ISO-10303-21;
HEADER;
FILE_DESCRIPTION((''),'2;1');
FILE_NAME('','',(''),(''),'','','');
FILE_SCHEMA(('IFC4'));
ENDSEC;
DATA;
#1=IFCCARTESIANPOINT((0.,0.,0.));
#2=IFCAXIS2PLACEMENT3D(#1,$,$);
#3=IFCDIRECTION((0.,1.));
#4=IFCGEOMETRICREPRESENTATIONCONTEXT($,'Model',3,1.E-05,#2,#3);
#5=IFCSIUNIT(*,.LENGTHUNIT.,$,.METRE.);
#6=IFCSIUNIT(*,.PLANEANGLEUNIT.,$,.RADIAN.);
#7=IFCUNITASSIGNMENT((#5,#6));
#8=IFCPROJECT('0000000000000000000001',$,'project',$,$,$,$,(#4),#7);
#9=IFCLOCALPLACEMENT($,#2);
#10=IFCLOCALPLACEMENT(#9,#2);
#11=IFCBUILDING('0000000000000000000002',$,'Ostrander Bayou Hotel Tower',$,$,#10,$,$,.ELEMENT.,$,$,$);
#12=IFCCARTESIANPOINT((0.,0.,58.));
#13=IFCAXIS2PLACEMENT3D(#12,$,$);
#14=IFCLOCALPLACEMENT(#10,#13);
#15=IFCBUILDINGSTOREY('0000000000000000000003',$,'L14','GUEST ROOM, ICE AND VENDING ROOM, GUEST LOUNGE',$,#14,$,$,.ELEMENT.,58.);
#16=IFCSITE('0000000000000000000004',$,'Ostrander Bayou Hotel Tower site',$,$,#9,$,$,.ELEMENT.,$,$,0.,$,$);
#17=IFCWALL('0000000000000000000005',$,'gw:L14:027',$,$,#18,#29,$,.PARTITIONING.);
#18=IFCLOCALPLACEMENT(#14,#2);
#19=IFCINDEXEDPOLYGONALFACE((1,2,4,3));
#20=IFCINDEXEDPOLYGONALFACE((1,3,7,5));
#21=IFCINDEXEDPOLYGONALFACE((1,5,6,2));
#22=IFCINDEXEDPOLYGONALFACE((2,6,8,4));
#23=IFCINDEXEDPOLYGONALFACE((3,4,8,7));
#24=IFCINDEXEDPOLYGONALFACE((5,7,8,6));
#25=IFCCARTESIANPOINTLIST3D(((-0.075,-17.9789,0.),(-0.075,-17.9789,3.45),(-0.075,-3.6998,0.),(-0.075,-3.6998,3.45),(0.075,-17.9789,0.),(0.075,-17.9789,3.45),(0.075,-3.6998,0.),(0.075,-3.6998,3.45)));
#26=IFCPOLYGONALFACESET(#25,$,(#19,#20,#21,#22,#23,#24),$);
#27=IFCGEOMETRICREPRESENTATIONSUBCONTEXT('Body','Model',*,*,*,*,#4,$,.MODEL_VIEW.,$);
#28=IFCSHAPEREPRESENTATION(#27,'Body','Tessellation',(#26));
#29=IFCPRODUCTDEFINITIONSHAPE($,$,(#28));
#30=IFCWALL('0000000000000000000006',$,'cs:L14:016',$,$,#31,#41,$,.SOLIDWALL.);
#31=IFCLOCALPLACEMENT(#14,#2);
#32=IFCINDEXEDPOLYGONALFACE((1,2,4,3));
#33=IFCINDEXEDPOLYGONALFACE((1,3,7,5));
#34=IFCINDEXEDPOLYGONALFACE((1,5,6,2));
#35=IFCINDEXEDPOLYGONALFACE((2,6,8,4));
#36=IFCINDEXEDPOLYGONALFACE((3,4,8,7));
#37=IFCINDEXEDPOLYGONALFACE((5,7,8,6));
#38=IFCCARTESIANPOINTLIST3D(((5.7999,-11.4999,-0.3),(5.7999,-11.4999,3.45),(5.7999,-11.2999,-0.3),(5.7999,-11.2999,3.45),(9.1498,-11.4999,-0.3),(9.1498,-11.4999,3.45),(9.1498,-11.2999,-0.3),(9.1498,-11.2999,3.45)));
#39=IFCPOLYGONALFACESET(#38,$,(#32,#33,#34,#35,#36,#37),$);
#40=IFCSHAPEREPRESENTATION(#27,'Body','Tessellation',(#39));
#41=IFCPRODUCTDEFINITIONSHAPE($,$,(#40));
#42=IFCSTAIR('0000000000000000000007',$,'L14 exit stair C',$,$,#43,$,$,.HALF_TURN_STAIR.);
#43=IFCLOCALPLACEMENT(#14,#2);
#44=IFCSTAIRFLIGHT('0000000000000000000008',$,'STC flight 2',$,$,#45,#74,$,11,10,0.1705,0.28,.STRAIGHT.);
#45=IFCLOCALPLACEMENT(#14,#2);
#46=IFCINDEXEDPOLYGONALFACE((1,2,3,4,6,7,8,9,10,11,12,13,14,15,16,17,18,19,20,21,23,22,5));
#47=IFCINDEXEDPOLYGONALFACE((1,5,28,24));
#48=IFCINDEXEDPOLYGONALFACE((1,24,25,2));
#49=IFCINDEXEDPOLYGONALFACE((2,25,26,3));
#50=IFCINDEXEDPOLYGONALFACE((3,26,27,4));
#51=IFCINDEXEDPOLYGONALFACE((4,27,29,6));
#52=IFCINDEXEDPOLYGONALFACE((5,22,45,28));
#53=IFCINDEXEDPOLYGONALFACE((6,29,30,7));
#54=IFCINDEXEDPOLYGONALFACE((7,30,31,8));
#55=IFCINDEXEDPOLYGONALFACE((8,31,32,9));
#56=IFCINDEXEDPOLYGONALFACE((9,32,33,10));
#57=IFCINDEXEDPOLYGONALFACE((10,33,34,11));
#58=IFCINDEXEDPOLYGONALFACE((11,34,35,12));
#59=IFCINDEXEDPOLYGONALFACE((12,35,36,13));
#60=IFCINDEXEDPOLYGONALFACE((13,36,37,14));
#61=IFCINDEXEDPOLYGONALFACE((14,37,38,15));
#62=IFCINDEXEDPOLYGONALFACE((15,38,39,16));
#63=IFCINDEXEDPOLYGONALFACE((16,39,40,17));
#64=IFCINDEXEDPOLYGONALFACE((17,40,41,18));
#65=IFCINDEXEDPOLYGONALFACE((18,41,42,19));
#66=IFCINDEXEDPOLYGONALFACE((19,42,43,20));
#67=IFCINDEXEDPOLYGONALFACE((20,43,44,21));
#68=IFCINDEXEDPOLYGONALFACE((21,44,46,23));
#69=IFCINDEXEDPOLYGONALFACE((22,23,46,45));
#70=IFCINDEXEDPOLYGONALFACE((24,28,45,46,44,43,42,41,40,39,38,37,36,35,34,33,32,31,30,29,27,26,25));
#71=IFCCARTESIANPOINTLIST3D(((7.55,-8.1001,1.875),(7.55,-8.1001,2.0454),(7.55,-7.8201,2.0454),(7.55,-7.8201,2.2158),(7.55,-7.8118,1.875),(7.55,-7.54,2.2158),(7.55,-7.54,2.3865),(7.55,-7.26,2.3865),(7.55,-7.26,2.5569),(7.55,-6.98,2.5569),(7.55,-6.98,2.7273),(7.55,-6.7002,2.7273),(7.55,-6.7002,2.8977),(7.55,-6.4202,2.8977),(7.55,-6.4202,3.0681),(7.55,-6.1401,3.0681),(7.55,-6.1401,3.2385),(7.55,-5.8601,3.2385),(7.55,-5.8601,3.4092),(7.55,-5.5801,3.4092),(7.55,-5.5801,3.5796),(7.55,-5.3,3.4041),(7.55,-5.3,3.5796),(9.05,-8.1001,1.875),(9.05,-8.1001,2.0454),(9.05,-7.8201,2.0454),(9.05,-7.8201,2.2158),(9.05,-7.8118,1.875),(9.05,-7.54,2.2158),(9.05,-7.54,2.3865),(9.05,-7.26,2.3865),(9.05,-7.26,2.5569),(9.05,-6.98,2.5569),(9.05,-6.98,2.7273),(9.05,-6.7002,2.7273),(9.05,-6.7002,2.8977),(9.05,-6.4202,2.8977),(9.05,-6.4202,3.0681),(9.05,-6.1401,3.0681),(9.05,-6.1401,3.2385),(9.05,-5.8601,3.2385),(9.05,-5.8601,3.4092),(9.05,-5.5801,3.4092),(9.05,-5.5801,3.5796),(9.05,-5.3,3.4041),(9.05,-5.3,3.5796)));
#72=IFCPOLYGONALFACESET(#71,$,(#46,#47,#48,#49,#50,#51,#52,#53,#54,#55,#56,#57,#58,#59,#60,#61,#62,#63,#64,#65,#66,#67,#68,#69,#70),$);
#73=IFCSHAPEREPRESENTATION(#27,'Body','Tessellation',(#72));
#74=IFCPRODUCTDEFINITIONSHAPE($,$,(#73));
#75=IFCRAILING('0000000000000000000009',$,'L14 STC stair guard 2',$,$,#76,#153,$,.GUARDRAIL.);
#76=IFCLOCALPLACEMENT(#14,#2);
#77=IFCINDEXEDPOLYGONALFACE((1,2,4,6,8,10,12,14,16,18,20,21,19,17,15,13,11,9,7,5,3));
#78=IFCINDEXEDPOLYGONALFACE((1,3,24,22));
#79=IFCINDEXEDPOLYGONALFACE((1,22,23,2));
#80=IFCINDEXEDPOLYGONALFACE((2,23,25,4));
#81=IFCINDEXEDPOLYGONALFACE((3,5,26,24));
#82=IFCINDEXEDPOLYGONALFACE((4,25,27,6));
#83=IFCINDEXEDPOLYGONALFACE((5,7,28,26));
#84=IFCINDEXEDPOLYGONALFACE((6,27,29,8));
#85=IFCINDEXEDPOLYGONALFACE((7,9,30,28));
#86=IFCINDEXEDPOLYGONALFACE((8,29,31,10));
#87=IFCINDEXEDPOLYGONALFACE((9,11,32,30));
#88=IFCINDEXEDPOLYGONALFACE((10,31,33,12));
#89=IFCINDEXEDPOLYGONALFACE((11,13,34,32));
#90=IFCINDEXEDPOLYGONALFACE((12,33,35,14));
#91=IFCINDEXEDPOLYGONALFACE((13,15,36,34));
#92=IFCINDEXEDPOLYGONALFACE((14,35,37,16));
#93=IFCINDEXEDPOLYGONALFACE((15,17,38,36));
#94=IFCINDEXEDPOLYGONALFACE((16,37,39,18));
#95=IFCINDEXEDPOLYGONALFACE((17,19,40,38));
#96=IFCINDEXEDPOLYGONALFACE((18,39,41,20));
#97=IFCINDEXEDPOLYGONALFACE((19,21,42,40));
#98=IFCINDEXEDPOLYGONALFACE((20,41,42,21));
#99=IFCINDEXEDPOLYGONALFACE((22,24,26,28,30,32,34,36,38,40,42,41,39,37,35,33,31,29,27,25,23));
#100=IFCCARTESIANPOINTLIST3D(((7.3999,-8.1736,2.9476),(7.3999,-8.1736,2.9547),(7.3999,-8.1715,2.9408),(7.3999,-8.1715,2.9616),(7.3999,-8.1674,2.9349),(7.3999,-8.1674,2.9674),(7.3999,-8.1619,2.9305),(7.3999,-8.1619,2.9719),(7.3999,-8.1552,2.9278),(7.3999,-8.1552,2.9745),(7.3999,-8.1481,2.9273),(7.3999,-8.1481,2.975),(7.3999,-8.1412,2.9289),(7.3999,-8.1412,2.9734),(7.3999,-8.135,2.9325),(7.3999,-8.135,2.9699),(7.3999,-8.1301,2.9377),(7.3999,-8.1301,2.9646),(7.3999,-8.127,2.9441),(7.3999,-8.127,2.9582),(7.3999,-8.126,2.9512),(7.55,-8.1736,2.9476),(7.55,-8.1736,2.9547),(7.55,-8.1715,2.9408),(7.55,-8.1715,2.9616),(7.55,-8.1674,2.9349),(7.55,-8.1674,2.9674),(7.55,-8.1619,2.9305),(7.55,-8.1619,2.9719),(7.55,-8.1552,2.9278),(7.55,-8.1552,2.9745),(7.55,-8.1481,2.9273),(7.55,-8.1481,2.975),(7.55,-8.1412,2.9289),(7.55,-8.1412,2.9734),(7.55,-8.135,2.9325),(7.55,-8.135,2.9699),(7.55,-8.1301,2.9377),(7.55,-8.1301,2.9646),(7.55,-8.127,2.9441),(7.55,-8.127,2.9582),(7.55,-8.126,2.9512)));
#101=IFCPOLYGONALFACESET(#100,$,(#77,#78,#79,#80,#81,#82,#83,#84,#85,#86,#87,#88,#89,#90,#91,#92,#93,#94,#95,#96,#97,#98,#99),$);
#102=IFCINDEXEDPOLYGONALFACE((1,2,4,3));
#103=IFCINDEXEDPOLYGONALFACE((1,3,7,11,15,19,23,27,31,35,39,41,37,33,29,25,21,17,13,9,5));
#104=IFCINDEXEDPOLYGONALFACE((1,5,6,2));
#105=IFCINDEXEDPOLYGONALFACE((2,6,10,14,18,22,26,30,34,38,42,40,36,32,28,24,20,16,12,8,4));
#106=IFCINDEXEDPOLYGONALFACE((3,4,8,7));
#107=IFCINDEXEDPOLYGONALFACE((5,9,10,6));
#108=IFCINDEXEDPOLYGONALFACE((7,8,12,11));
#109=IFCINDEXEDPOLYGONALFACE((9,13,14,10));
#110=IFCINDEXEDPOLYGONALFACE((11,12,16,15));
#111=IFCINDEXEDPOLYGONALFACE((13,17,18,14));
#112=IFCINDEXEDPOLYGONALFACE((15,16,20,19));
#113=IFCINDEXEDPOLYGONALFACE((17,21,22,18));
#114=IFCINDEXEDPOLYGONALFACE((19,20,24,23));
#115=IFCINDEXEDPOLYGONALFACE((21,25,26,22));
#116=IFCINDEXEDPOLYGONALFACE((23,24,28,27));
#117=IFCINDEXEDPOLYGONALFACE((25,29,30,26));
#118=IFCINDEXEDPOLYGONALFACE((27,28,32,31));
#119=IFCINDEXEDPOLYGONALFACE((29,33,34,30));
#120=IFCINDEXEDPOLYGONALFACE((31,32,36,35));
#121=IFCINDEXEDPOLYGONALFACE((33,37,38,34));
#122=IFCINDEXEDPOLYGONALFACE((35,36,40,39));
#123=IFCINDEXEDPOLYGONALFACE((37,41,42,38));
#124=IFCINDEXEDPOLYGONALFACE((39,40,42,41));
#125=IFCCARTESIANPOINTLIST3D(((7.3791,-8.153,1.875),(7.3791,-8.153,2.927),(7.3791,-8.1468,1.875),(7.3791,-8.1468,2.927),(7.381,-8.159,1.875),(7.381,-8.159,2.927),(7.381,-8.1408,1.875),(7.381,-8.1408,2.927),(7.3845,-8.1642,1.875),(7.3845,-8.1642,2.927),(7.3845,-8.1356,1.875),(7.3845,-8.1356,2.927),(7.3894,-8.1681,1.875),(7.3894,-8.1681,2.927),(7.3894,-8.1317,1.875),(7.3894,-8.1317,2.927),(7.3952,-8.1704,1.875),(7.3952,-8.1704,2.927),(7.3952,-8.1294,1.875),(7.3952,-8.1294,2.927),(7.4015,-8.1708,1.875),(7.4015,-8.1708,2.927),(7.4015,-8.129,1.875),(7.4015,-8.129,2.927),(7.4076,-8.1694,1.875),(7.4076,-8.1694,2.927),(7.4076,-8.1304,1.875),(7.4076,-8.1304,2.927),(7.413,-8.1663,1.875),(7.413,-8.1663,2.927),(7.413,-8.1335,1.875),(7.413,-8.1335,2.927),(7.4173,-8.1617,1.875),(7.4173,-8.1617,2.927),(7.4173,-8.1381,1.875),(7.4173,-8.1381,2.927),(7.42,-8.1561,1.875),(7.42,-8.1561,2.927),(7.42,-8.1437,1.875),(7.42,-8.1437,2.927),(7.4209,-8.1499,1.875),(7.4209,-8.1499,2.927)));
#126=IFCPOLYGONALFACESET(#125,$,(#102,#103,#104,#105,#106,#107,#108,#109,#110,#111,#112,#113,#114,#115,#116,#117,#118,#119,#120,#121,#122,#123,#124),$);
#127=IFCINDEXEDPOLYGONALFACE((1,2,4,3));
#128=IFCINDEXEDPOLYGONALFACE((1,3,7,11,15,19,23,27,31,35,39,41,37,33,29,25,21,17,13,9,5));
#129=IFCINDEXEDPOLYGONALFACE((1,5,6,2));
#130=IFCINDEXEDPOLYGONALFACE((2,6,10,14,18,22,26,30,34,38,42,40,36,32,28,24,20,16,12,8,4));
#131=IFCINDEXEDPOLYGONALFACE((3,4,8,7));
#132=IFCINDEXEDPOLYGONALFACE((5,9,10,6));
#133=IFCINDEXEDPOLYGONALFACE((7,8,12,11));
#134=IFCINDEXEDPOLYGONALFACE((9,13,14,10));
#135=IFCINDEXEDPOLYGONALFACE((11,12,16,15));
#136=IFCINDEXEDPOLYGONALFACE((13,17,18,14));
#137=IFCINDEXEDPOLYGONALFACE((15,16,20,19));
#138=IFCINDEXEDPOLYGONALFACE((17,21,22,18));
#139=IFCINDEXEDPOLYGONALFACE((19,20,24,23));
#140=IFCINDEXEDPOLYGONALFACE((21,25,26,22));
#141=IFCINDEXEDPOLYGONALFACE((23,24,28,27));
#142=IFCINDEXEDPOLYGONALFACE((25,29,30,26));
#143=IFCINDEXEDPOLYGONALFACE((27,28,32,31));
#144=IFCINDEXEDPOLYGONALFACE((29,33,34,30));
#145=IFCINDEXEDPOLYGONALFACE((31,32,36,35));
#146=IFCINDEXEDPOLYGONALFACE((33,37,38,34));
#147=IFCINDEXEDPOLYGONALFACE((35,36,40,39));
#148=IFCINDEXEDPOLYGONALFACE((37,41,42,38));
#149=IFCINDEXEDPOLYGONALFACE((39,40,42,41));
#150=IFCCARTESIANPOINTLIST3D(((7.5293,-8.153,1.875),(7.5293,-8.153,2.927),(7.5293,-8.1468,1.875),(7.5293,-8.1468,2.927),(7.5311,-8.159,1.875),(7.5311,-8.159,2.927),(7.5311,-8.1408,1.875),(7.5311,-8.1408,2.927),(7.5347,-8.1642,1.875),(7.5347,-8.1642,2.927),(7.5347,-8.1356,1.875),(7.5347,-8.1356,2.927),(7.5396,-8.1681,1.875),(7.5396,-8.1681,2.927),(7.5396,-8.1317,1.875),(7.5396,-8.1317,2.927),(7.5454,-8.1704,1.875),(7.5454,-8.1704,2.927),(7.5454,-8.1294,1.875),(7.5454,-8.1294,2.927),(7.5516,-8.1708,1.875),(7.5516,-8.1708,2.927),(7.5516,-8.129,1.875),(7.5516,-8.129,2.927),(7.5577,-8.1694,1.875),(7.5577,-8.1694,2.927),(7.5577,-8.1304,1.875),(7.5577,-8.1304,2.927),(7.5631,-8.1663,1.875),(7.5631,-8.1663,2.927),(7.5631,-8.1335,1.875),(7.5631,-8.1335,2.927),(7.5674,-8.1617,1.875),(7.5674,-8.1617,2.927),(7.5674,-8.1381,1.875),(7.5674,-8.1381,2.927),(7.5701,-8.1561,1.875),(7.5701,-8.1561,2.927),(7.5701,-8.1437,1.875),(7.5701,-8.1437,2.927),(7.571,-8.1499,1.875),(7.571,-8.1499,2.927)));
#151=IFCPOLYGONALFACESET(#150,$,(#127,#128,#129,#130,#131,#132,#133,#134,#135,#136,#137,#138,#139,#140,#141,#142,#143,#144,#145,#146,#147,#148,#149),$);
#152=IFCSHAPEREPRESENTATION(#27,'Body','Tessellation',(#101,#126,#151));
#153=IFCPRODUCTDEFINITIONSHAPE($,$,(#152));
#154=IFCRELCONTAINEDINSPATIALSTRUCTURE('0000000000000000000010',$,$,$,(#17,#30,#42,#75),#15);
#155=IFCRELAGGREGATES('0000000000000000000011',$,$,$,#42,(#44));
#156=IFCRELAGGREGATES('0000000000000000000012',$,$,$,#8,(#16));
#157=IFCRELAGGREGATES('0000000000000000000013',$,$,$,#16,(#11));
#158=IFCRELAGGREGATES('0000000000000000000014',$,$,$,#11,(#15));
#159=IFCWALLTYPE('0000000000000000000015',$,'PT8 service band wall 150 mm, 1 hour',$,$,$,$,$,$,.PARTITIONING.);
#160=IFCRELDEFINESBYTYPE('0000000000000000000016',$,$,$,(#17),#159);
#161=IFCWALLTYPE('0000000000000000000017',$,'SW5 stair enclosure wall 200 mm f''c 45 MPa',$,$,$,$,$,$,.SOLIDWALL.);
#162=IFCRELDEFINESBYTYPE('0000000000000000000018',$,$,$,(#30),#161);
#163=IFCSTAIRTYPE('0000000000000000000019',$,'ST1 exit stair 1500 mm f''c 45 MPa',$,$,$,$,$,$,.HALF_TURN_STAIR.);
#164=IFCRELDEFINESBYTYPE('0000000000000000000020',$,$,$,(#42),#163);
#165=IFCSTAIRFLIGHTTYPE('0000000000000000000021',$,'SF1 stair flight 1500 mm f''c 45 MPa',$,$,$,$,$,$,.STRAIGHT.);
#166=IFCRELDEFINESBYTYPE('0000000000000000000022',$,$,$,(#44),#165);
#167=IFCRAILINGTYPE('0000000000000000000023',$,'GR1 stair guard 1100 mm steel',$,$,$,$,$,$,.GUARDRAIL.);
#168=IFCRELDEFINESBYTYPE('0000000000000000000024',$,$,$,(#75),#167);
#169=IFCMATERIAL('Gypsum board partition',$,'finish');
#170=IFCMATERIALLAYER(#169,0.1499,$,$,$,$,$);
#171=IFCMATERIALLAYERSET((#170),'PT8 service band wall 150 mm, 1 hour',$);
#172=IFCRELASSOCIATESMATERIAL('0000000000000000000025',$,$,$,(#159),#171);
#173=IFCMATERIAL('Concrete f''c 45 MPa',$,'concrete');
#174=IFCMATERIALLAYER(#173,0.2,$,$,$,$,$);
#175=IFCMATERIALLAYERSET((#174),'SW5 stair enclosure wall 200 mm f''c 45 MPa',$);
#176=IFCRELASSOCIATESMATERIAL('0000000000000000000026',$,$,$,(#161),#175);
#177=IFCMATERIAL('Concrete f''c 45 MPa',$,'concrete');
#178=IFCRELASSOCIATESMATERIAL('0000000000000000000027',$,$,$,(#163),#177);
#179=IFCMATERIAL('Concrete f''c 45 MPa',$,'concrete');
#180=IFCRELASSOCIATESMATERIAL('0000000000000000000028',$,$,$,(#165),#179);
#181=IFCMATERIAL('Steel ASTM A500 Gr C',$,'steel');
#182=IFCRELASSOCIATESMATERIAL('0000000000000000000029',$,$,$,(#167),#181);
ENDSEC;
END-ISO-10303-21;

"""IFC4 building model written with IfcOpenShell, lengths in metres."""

from ifc_helpers import new_model, si_unit, direction, frame, frame_2d, origin, origin_2d, place, context, subcontext, project, spatial, polyline, rectangle, circle, outline, extrude, material, layer, layer_set, type_object, element, aggregate, save


model = new_model("IFC4")

# Units and contexts
model_context = context("Model", 3, precision=1e-05, world=origin(), true_north=direction((0.0, 1.0)))
body_context = subcontext(model_context, "Body", "Model", "MODEL_VIEW")
ifc_project = project(units=[si_unit("LENGTHUNIT", "METRE"), si_unit("PLANEANGLEUNIT", "RADIAN")], contexts=[model_context])

# Site, building, storey
site_placement = place(None, origin())
site = spatial("IfcSite", under=ifc_project, at=site_placement, Name="Ostrander Bayou Hotel Tower site", CompositionType="ELEMENT", RefElevation=0.0)
building_placement = place(site_placement, origin())
building = spatial("IfcBuilding", under=site, at=building_placement, Name="Ostrander Bayou Hotel Tower", CompositionType="ELEMENT")
storey_placement = place(building_placement, frame((0.0, 0.0, 58.0)))
storey = spatial("IfcBuildingStorey", under=building, at=storey_placement, Name="L14", Description="GUEST ROOM, ICE AND VENDING ROOM, GUEST LOUNGE", CompositionType="ELEMENT", Elevation=58.0)

# Shared definitions
ifc_material_1 = material(Name="Gypsum board partition", Category="finish")
ifc_layer_1 = layer(ifc_material_1, 0.1499)
ifc_layer_set_1 = layer_set([ifc_layer_1], Name="PT8 service band wall 150 mm, 1 hour")
wall_type_1 = type_object("IfcWallType", Name="PT8 service band wall 150 mm, 1 hour", PredefinedType="PARTITIONING", material=ifc_layer_set_1)

# Walls
wall_1_placement = place(storey_placement, frame((0.0, -17.979, 0.0), z_axis=(0.0, 0.0, 1.0), x_axis=(0.0, 1.0, 0.0)))
element("IfcWall", 1, at=wall_1_placement, inside=storey, type_object=wall_type_1, Name="gw:L14:027", PredefinedType="PARTITIONING", context=body_context, shape_type="SweptSolid", body=[
    extrude(rectangle(XDim=14.2791, YDim=0.1499, at=frame_2d((7.1396, 0.0))), origin(), (0.0, 0.0, 1.0), 3.45),
])
ifc_material_2 = material(Name="Concrete f'c 45 MPa", Category="concrete")
ifc_layer_2 = layer(ifc_material_2, 0.2)
ifc_layer_set_2 = layer_set([ifc_layer_2], Name="SW5 stair enclosure wall 200 mm f'c 45 MPa")
wall_type_2 = type_object("IfcWallType", Name="SW5 stair enclosure wall 200 mm f'c 45 MPa", PredefinedType="SOLIDWALL", material=ifc_layer_set_2)
wall_2_placement = place(storey_placement, frame((5.8, -11.3999, -0.3), z_axis=(0.0, 0.0, 1.0), x_axis=(1.0, 0.0, 0.0)))
element("IfcWall", 2, at=wall_2_placement, inside=storey, type_object=wall_type_2, Name="cs:L14:016", PredefinedType="SOLIDWALL", context=body_context, shape_type="SweptSolid", body=[
    extrude(rectangle(XDim=3.3499, YDim=0.2, at=frame_2d((1.6748, 0.0))), origin(), (0.0, 0.0, 1.0), 3.75),
])

# Stair, stair flight
ifc_material_3 = material(Name="Concrete f'c 45 MPa", Category="concrete")
stair_type = type_object("IfcStairType", Name="ST1 exit stair 1500 mm f'c 45 MPa", PredefinedType="HALF_TURN_STAIR", material=ifc_material_3)
stair_placement = place(storey_placement, origin())
stair = element("IfcStair", 3, at=stair_placement, inside=storey, type_object=stair_type, Name="L14 exit stair C", PredefinedType="HALF_TURN_STAIR")
ifc_material_4 = material(Name="Concrete f'c 45 MPa", Category="concrete")
stair_flight_type = type_object("IfcStairFlightType", Name="SF1 stair flight 1500 mm f'c 45 MPa", PredefinedType="STRAIGHT", material=ifc_material_4)
stair_flight_placement = place(storey_placement, frame((8.3, -8.1001, 1.875), z_axis=(0.0, 0.0, 1.0), x_axis=(0.0, 1.0, 0.0)))
stair_flight = element("IfcStairFlight", 4, at=stair_flight_placement, type_object=stair_flight_type, Name="STC flight 2", NumberOfRisers=11, NumberOfTreads=10, PredefinedType="STRAIGHT", RiserHeight=0.1705, TreadLength=0.28, context=body_context, shape_type="SweptSolid", body=[
    extrude(outline(polyline([(0.0, 0.0), (0.0, 0.1704), (0.28, 0.1704), (0.28, 0.3408), (0.5601, 0.3408), (0.5601, 0.5115), (0.8401, 0.5115), (0.8401, 0.6819), (1.1201, 0.6819), (1.1201, 0.8523), (1.3999, 0.8523), (1.3999, 1.0227), (1.6799, 1.0227), (1.6799, 1.1931), (1.96, 1.1931), (1.96, 1.3635), (2.24, 1.3635), (2.24, 1.5342), (2.52, 1.5342), (2.52, 1.7046), (2.8, 1.7046), (2.8, 1.875), (2.8, 1.5291), (0.2883, 0.0), (0.0, 0.0)])), frame((0.0, 0.75, 0.0), z_axis=(0.0, -1.0, 0.0), x_axis=(1.0, 0.0, 0.0)), (0.0, 0.0, 1.0), 1.5),
])
aggregate(stair, [stair_flight])

# Railing
ifc_material_5 = material(Name="Steel ASTM A500 Gr C", Category="steel")
railing_type_1 = type_object("IfcRailingType", Name="GR1 stair guard 1100 mm steel", PredefinedType="GUARDRAIL", material=ifc_material_5)
railing_1_placement = place(storey_placement, frame((7.3999, -8.1499, 1.875)))
element("IfcRailing", 5, at=railing_1_placement, inside=storey, type_object=railing_type_1, Name="L14 STC stair guard 2", PredefinedType="GUARDRAIL", context=body_context, shape_type="SweptSolid", body=[
    extrude(circle(Radius=0.0239, at=origin_2d()), frame((0.0, 0.0, 1.0762), z_axis=(1.0, 0.0, 0.0), x_axis=(0.0, 1.0, 0.0)), (0.0, 0.0, 1.0), 0.1501),
    extrude(circle(Radius=0.021, at=origin_2d()), origin(), (0.0, 0.0, 1.0), 1.052),
    extrude(circle(Radius=0.021, at=origin_2d()), frame((0.1501, 0.0, 0.0)), (0.0, 0.0, 1.0), 1.052),
])

save(model, "model.ifc")
